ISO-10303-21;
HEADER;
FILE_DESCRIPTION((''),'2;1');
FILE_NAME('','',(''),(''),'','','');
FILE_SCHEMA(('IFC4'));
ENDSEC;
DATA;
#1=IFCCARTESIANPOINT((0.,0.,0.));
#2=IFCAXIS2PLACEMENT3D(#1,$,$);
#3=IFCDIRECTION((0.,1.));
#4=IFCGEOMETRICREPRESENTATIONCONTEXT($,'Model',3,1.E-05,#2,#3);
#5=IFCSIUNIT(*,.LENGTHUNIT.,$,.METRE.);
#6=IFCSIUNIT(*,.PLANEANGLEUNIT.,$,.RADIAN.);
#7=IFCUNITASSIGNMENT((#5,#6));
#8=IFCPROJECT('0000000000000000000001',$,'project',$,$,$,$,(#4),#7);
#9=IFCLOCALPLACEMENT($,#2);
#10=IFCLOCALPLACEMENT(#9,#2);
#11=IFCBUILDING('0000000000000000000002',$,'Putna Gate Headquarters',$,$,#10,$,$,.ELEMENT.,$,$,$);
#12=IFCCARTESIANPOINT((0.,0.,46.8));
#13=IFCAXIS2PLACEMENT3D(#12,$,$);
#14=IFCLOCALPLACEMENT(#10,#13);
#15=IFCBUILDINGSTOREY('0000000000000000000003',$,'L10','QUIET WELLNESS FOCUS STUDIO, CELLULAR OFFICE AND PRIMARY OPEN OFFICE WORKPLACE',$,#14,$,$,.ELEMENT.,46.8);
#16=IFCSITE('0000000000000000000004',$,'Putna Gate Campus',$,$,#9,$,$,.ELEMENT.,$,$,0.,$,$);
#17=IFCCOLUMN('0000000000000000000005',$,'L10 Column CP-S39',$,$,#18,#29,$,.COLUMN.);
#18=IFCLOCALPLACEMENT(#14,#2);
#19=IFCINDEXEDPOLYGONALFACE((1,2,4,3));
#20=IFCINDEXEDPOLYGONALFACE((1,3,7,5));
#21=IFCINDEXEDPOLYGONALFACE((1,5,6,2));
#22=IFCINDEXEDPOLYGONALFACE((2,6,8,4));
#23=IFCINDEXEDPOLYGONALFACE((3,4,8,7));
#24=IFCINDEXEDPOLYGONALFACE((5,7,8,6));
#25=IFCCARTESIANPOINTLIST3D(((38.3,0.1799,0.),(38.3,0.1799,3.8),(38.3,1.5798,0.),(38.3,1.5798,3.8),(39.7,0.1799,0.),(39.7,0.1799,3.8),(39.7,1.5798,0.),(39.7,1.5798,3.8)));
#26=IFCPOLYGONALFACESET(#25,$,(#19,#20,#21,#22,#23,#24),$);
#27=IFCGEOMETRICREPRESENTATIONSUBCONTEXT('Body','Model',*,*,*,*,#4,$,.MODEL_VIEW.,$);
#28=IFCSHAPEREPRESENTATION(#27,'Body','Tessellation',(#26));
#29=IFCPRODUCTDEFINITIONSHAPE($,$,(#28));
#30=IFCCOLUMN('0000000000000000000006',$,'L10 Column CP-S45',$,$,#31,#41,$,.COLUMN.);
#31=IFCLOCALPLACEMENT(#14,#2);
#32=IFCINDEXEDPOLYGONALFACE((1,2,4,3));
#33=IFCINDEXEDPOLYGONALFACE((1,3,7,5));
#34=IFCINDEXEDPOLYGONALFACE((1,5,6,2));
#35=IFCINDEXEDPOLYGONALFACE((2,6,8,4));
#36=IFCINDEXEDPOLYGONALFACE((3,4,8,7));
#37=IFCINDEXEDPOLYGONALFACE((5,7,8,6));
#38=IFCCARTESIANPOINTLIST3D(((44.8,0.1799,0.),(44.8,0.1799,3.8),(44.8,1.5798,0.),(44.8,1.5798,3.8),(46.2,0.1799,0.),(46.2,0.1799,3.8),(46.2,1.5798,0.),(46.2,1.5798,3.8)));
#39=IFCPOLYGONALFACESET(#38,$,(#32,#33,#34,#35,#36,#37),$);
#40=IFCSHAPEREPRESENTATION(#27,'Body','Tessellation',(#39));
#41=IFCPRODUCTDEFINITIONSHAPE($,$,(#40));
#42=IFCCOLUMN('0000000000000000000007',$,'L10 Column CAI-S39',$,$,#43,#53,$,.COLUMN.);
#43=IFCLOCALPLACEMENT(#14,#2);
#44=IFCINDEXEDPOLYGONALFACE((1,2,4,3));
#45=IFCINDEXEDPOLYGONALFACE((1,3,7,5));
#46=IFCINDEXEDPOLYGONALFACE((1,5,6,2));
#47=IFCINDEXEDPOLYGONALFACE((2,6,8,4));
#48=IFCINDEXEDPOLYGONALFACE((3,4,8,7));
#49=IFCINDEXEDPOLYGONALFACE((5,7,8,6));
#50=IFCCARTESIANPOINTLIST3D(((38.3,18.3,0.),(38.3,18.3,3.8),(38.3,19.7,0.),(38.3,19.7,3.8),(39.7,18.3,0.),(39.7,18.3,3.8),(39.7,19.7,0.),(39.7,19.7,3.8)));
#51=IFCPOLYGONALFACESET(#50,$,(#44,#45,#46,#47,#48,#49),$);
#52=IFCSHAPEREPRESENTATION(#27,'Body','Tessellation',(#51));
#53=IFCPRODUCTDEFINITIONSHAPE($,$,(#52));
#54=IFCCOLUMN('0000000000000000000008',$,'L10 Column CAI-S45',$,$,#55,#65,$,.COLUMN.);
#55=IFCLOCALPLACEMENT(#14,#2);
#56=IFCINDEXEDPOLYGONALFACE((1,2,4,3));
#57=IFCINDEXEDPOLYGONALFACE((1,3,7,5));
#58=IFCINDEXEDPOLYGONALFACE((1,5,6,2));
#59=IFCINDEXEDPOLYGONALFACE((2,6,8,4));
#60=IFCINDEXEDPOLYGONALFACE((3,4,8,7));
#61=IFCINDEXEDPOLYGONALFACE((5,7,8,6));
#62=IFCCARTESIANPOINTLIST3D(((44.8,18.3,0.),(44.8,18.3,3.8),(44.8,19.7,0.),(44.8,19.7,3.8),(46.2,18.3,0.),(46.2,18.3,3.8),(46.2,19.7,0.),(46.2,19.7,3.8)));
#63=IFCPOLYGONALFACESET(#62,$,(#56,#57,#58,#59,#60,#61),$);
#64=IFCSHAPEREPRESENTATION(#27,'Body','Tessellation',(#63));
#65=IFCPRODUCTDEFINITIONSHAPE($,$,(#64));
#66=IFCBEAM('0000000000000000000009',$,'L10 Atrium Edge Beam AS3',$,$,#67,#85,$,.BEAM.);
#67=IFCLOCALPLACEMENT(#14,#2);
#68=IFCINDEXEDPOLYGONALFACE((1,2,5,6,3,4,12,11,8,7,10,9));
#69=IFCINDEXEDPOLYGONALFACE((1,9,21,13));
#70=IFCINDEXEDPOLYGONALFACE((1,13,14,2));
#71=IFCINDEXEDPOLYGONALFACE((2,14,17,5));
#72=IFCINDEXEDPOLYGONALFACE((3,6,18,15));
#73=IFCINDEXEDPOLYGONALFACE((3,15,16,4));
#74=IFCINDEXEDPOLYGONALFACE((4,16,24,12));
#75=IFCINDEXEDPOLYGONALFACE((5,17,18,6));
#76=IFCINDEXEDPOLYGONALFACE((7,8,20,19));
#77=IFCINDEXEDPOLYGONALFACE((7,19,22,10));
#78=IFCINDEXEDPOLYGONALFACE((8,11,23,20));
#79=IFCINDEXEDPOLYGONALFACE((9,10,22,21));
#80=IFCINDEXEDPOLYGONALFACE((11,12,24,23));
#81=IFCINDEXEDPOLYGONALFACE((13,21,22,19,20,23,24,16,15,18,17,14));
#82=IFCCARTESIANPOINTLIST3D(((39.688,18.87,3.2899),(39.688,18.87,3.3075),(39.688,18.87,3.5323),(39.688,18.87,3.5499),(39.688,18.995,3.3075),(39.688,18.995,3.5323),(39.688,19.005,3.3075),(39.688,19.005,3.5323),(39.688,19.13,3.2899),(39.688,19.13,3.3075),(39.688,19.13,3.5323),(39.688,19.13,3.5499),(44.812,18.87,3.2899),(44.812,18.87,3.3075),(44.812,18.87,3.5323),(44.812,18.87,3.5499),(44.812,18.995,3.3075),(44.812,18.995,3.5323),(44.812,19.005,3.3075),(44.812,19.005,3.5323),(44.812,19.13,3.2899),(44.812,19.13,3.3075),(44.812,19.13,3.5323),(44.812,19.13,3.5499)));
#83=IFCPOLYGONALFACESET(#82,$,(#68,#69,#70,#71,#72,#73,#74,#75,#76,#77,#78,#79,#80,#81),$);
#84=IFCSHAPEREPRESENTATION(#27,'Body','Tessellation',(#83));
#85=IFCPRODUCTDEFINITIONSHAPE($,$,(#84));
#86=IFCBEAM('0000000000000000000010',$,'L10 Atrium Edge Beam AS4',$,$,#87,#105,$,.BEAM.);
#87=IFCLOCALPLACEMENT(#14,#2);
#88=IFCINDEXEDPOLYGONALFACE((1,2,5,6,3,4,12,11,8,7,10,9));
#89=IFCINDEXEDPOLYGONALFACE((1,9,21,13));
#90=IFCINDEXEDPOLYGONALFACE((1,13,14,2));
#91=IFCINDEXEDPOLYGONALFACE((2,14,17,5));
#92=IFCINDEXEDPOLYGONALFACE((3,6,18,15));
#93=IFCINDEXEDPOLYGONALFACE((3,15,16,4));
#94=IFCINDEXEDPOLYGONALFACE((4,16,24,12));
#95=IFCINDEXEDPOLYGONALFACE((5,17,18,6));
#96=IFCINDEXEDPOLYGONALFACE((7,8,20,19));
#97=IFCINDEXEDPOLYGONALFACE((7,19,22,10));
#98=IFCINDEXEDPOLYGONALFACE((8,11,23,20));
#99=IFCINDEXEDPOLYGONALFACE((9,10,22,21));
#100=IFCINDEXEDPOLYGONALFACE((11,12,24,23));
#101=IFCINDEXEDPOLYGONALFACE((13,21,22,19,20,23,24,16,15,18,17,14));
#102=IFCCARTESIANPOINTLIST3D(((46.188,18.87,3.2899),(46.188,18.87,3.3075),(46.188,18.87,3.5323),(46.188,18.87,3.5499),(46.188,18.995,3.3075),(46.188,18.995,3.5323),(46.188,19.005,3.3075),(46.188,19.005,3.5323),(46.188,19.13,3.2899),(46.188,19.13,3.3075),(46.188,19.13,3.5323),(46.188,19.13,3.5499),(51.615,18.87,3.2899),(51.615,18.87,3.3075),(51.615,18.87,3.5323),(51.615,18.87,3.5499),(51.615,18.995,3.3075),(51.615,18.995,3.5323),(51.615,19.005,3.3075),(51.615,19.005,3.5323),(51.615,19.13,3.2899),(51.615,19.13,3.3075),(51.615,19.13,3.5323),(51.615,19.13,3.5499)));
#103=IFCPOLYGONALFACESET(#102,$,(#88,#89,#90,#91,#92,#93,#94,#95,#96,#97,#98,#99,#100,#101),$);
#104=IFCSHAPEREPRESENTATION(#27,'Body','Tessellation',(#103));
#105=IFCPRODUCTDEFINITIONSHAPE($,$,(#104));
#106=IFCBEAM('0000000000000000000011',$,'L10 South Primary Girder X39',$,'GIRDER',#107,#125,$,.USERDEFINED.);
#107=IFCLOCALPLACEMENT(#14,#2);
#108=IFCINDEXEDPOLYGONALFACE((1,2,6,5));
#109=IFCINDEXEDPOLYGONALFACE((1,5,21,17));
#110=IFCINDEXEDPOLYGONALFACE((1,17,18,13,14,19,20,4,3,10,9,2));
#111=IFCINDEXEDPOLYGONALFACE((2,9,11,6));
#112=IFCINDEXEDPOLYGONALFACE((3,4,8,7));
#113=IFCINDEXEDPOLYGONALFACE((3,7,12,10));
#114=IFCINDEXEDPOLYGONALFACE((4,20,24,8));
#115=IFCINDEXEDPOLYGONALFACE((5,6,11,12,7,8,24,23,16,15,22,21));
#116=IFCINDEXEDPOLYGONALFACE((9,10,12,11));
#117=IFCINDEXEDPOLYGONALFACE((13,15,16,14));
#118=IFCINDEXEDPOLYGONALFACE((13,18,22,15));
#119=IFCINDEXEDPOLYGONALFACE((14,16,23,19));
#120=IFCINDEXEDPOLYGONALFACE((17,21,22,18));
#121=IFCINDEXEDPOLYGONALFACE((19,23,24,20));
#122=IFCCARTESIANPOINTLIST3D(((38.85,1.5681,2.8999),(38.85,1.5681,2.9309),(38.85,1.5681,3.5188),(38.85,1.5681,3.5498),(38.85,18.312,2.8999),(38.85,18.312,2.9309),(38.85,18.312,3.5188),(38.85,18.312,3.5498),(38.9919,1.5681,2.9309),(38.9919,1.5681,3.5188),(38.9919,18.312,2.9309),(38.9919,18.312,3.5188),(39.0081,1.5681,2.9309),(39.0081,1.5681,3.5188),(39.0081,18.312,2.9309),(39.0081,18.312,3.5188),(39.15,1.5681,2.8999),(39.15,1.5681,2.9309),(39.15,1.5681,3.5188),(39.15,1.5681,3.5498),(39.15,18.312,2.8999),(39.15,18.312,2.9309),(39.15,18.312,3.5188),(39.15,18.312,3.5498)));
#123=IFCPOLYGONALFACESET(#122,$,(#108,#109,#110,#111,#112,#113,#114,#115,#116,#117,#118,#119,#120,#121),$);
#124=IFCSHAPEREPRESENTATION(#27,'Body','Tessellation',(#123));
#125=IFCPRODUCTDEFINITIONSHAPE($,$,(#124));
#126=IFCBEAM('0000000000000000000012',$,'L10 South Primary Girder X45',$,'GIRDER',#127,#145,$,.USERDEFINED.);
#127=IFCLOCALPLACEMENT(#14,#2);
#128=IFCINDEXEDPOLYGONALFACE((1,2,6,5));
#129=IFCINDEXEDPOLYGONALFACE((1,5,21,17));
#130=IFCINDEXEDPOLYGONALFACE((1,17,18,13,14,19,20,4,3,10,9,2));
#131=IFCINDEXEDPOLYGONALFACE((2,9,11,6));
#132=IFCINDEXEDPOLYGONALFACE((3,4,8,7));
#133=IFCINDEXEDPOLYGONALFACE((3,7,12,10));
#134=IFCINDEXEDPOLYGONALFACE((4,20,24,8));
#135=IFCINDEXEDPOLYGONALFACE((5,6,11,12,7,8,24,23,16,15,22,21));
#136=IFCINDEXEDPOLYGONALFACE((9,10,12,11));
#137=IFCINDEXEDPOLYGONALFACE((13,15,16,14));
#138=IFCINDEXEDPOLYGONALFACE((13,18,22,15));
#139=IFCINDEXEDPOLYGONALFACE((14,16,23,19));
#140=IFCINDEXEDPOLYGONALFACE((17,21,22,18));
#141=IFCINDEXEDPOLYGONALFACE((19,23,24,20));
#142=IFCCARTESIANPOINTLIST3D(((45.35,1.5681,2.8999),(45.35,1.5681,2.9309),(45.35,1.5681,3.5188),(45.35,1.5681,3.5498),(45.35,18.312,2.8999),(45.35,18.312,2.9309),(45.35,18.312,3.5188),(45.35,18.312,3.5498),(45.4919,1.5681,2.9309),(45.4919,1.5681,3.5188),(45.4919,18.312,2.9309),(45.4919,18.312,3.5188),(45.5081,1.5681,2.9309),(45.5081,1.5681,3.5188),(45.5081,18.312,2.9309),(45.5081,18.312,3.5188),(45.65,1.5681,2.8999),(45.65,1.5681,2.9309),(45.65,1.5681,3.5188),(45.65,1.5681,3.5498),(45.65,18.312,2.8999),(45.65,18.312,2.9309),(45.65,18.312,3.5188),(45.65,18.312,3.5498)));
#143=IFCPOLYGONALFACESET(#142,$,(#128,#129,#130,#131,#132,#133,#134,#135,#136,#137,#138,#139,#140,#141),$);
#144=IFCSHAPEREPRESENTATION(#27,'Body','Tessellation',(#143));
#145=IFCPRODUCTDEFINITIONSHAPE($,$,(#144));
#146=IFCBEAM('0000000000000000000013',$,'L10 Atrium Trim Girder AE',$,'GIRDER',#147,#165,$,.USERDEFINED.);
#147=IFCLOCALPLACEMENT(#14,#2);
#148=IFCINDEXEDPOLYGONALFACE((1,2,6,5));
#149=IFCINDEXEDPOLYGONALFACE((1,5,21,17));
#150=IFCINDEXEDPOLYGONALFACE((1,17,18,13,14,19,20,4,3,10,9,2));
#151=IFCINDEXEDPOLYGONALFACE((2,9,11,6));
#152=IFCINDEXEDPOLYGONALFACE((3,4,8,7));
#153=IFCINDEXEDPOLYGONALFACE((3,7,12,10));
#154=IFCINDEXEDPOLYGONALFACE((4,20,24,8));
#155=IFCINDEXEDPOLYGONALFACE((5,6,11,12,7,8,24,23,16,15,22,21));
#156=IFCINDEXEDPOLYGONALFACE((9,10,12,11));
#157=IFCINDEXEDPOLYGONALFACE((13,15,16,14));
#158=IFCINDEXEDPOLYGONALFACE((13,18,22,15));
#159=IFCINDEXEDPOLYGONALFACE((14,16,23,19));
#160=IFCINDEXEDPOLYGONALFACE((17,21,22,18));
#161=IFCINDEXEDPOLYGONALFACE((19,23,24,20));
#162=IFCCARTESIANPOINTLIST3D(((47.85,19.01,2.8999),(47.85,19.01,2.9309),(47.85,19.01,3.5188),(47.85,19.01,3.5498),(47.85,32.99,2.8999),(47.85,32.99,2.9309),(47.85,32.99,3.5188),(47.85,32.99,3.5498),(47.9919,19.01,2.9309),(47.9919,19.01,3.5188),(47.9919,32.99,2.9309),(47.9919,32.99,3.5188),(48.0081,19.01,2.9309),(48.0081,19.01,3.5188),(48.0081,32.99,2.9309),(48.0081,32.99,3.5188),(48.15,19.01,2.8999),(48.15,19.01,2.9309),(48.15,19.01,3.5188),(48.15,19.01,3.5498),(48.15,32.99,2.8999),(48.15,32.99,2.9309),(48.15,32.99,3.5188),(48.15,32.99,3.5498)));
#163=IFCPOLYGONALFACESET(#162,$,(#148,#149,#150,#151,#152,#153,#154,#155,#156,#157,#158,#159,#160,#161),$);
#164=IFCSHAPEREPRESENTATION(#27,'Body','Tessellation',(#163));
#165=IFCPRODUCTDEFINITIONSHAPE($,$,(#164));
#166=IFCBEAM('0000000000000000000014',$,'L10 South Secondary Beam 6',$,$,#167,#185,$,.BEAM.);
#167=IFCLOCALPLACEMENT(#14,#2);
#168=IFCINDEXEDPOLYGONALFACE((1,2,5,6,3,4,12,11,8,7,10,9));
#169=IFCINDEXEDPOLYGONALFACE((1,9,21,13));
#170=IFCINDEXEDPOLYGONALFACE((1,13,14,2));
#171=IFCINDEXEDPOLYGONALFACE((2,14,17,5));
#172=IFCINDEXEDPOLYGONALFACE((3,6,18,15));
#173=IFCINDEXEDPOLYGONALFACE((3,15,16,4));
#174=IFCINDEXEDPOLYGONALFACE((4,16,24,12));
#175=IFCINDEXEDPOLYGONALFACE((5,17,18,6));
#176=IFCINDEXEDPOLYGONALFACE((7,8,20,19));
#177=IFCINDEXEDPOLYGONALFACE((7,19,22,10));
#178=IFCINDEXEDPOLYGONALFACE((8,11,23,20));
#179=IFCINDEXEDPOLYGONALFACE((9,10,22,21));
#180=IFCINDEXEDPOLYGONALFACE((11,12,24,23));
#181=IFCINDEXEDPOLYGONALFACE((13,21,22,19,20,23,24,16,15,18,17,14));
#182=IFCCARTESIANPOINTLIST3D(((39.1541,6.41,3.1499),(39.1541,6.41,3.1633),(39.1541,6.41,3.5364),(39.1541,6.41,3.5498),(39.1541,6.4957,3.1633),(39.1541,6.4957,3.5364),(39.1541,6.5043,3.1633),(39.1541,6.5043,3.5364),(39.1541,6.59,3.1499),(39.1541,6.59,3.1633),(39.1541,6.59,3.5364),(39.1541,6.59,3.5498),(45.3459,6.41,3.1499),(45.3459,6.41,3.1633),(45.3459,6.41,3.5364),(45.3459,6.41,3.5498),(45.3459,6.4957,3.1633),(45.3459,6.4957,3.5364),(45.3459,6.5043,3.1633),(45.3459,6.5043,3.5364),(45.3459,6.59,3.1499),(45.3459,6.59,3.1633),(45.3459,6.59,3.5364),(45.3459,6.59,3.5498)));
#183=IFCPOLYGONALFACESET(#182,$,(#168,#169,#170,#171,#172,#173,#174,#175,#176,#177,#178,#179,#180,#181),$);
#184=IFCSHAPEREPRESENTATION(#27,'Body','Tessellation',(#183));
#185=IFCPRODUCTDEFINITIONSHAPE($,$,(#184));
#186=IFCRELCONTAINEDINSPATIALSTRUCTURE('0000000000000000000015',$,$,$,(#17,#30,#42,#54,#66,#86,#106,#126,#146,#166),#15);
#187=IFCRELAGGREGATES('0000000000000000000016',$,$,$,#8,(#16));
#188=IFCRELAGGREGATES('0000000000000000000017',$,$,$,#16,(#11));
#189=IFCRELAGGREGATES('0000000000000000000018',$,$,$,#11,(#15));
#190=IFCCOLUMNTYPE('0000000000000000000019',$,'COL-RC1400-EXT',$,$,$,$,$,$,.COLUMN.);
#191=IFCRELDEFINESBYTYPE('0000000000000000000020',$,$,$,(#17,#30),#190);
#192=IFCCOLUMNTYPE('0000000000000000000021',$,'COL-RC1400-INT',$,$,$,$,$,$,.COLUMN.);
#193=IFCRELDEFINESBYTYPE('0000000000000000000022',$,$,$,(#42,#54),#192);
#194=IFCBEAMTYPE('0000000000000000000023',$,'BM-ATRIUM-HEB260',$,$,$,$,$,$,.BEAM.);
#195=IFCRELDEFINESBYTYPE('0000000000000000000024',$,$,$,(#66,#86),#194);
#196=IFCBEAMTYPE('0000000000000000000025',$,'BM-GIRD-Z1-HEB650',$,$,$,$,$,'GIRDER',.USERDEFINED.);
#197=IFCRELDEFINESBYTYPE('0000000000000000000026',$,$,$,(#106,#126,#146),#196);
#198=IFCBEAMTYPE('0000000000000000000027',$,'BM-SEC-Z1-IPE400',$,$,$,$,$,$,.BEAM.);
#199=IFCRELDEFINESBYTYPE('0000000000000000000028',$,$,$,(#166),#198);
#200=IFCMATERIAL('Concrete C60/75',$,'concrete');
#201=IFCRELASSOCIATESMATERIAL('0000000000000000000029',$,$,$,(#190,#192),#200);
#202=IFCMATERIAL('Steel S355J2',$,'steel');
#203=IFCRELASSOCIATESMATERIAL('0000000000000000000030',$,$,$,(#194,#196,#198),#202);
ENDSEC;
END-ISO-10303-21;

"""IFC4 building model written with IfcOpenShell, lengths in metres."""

from ifc_helpers import new_model, si_unit, direction, frame, origin, origin_2d, place, context, subcontext, project, spatial, rectangle, i_section, extrude, material, material_profile, profile_set, type_object, element, save


model = new_model("IFC4")

# Units and contexts
model_context = context("Model", 3, precision=1e-05, world=origin(), true_north=direction((0.0, 1.0)))
body_context = subcontext(model_context, "Body", "Model", "MODEL_VIEW")
ifc_project = project(units=[si_unit("LENGTHUNIT", "METRE"), si_unit("PLANEANGLEUNIT", "RADIAN")], contexts=[model_context])

# Site, building, storey
site_placement = place(None, origin())
site = spatial("IfcSite", under=ifc_project, at=site_placement, Name="Putna Gate Campus", CompositionType="ELEMENT", RefElevation=0.0)
building_placement = place(site_placement, origin())
building = spatial("IfcBuilding", under=site, at=building_placement, Name="Putna Gate Headquarters", CompositionType="ELEMENT")
storey_placement = place(building_placement, frame((0.0, 0.0, 46.8)))
storey = spatial("IfcBuildingStorey", under=building, at=storey_placement, Name="L10", Description="QUIET WELLNESS FOCUS STUDIO, CELLULAR OFFICE AND PRIMARY OPEN OFFICE WORKPLACE", CompositionType="ELEMENT", Elevation=46.8)

# Columns
ifc_material_1 = material(Name="Concrete C60/75", Category="concrete")
ifc_material_profile_1 = material_profile(ifc_material_1, rectangle(XDim=1.3999, YDim=1.3999, at=origin_2d()), Name="Concrete C60/75")
ifc_profile_set_1 = profile_set([ifc_material_profile_1], Name="Concrete C60/75")
column_type_1 = type_object("IfcColumnType", Name="COL-RC1400-EXT", PredefinedType="COLUMN", material=ifc_profile_set_1)
for number, where, z_axis, x_axis, name in (
    (1, (39.0, 0.8799, 0.0), (0.0, 0.0, 1.0), (1.0, 0.0, 0.0), "L10 Column CP-S39"),
    (2, (45.5, 0.8799, 0.0), (0.0, 0.0, 1.0), (1.0, 0.0, 0.0), "L10 Column CP-S45"),
):
    element("IfcColumn", number, at=place(storey_placement, frame(where, z_axis=z_axis, x_axis=x_axis)), inside=storey, type_object=column_type_1, Name=name, PredefinedType="COLUMN", context=body_context, shape_type="SweptSolid", body=[
        extrude(rectangle(XDim=1.3999, YDim=1.3999, at=origin_2d()), origin(), (0.0, 0.0, 1.0), 3.8),
    ])
ifc_material_profile_2 = material_profile(ifc_material_1, rectangle(XDim=1.3999, YDim=1.3999, at=origin_2d()), Name="Concrete C60/75")
ifc_profile_set_2 = profile_set([ifc_material_profile_2], Name="Concrete C60/75")
column_type_2 = type_object("IfcColumnType", Name="COL-RC1400-INT", PredefinedType="COLUMN", material=ifc_profile_set_2)
for number, where, z_axis, x_axis, name in (
    (3, (39.0, 19.0, 0.0), (0.0, 0.0, 1.0), (1.0, 0.0, 0.0), "L10 Column CAI-S39"),
    (4, (45.5, 19.0, 0.0), (0.0, 0.0, 1.0), (1.0, 0.0, 0.0), "L10 Column CAI-S45"),
):
    element("IfcColumn", number, at=place(storey_placement, frame(where, z_axis=z_axis, x_axis=x_axis)), inside=storey, type_object=column_type_2, Name=name, PredefinedType="COLUMN", context=body_context, shape_type="SweptSolid", body=[
        extrude(rectangle(XDim=1.3999, YDim=1.3999, at=origin_2d()), origin(), (0.0, 0.0, 1.0), 3.8),
    ])

# Beams
ifc_material_2 = material(Name="Steel S355J2", Category="steel")
ifc_material_profile_3 = material_profile(ifc_material_2, i_section(OverallWidth=0.26, OverallDepth=0.26, WebThickness=0.01, FlangeThickness=0.0176, at=origin_2d()), Name="Steel S355J2")
ifc_profile_set_3 = profile_set([ifc_material_profile_3], Name="Steel S355J2")
beam_type_1 = type_object("IfcBeamType", Name="BM-ATRIUM-HEB260", PredefinedType="BEAM", material=ifc_profile_set_3)
beam_1_placement = place(storey_placement, frame((39.688, 19.0, 3.4199), z_axis=(1.0, 0.0, 0.0), x_axis=(0.0, 1.0, 0.0)))
element("IfcBeam", 5, at=beam_1_placement, inside=storey, type_object=beam_type_1, Name="L10 Atrium Edge Beam AS3", PredefinedType="BEAM", context=body_context, shape_type="SweptSolid", body=[
    extrude(i_section(OverallWidth=0.26, OverallDepth=0.26, WebThickness=0.01, FlangeThickness=0.0176, at=origin_2d()), origin(), (0.0, 0.0, 1.0), 5.124),
])
beam_2_placement = place(storey_placement, frame((46.188, 19.0, 3.4199), z_axis=(1.0, 0.0, 0.0), x_axis=(0.0, 1.0, 0.0)))
element("IfcBeam", 6, at=beam_2_placement, inside=storey, type_object=beam_type_1, Name="L10 Atrium Edge Beam AS4", PredefinedType="BEAM", context=body_context, shape_type="SweptSolid", body=[
    extrude(i_section(OverallWidth=0.26, OverallDepth=0.26, WebThickness=0.01, FlangeThickness=0.0176, at=origin_2d()), origin(), (0.0, 0.0, 1.0), 5.427),
])
ifc_material_profile_4 = material_profile(ifc_material_2, i_section(OverallWidth=0.3, OverallDepth=0.6499, WebThickness=0.0161, FlangeThickness=0.031, at=origin_2d()), Name="Steel S355J2")
ifc_profile_set_4 = profile_set([ifc_material_profile_4], Name="Steel S355J2")
beam_type_2 = type_object("IfcBeamType", Name="BM-GIRD-Z1-HEB650", ElementType="GIRDER", PredefinedType="USERDEFINED", material=ifc_profile_set_4)
for number, where, z_axis, x_axis, name in (
    (7, (39.0, 1.5681, 3.2249), (0.0, 1.0, 0.0), (-1.0, 0.0, 0.0), "L10 South Primary Girder X39"),
    (8, (45.5, 1.5681, 3.2249), (0.0, 1.0, 0.0), (-1.0, 0.0, 0.0), "L10 South Primary Girder X45"),
):
    element("IfcBeam", number, at=place(storey_placement, frame(where, z_axis=z_axis, x_axis=x_axis)), inside=storey, type_object=beam_type_2, Name=name, ObjectType="GIRDER", PredefinedType="USERDEFINED", context=body_context, shape_type="SweptSolid", body=[
        extrude(i_section(OverallWidth=0.3, OverallDepth=0.6499, WebThickness=0.0161, FlangeThickness=0.031, at=origin_2d()), origin(), (0.0, 0.0, 1.0), 16.7439),
    ])
beam_3_placement = place(storey_placement, frame((48.0, 19.01, 3.2249), z_axis=(0.0, 1.0, 0.0), x_axis=(-1.0, 0.0, 0.0)))
element("IfcBeam", 9, at=beam_3_placement, inside=storey, type_object=beam_type_2, Name="L10 Atrium Trim Girder AE", ObjectType="GIRDER", PredefinedType="USERDEFINED", context=body_context, shape_type="SweptSolid", body=[
    extrude(i_section(OverallWidth=0.3, OverallDepth=0.6499, WebThickness=0.0161, FlangeThickness=0.031, at=origin_2d()), origin(), (0.0, 0.0, 1.0), 13.98),
])
ifc_material_profile_5 = material_profile(ifc_material_2, i_section(OverallWidth=0.1799, OverallDepth=0.3999, WebThickness=0.0085, FlangeThickness=0.0134, at=origin_2d()), Name="Steel S355J2")
ifc_profile_set_5 = profile_set([ifc_material_profile_5], Name="Steel S355J2")
beam_type_3 = type_object("IfcBeamType", Name="BM-SEC-Z1-IPE400", PredefinedType="BEAM", material=ifc_profile_set_5)
for number, where, z_axis, x_axis, name in (
    (10, (39.1541, 6.5, 3.3499), (1.0, 0.0, 0.0), (0.0, 1.0, 0.0), "L10 South Secondary Beam 6"),
):
    element("IfcBeam", number, at=place(storey_placement, frame(where, z_axis=z_axis, x_axis=x_axis)), inside=storey, type_object=beam_type_3, Name=name, PredefinedType="BEAM", context=body_context, shape_type="SweptSolid", body=[
        extrude(i_section(OverallWidth=0.1799, OverallDepth=0.3999, WebThickness=0.0085, FlangeThickness=0.0134, at=origin_2d()), origin(), (0.0, 0.0, 1.0), 6.1919),
    ])

save(model, "model.ifc")
